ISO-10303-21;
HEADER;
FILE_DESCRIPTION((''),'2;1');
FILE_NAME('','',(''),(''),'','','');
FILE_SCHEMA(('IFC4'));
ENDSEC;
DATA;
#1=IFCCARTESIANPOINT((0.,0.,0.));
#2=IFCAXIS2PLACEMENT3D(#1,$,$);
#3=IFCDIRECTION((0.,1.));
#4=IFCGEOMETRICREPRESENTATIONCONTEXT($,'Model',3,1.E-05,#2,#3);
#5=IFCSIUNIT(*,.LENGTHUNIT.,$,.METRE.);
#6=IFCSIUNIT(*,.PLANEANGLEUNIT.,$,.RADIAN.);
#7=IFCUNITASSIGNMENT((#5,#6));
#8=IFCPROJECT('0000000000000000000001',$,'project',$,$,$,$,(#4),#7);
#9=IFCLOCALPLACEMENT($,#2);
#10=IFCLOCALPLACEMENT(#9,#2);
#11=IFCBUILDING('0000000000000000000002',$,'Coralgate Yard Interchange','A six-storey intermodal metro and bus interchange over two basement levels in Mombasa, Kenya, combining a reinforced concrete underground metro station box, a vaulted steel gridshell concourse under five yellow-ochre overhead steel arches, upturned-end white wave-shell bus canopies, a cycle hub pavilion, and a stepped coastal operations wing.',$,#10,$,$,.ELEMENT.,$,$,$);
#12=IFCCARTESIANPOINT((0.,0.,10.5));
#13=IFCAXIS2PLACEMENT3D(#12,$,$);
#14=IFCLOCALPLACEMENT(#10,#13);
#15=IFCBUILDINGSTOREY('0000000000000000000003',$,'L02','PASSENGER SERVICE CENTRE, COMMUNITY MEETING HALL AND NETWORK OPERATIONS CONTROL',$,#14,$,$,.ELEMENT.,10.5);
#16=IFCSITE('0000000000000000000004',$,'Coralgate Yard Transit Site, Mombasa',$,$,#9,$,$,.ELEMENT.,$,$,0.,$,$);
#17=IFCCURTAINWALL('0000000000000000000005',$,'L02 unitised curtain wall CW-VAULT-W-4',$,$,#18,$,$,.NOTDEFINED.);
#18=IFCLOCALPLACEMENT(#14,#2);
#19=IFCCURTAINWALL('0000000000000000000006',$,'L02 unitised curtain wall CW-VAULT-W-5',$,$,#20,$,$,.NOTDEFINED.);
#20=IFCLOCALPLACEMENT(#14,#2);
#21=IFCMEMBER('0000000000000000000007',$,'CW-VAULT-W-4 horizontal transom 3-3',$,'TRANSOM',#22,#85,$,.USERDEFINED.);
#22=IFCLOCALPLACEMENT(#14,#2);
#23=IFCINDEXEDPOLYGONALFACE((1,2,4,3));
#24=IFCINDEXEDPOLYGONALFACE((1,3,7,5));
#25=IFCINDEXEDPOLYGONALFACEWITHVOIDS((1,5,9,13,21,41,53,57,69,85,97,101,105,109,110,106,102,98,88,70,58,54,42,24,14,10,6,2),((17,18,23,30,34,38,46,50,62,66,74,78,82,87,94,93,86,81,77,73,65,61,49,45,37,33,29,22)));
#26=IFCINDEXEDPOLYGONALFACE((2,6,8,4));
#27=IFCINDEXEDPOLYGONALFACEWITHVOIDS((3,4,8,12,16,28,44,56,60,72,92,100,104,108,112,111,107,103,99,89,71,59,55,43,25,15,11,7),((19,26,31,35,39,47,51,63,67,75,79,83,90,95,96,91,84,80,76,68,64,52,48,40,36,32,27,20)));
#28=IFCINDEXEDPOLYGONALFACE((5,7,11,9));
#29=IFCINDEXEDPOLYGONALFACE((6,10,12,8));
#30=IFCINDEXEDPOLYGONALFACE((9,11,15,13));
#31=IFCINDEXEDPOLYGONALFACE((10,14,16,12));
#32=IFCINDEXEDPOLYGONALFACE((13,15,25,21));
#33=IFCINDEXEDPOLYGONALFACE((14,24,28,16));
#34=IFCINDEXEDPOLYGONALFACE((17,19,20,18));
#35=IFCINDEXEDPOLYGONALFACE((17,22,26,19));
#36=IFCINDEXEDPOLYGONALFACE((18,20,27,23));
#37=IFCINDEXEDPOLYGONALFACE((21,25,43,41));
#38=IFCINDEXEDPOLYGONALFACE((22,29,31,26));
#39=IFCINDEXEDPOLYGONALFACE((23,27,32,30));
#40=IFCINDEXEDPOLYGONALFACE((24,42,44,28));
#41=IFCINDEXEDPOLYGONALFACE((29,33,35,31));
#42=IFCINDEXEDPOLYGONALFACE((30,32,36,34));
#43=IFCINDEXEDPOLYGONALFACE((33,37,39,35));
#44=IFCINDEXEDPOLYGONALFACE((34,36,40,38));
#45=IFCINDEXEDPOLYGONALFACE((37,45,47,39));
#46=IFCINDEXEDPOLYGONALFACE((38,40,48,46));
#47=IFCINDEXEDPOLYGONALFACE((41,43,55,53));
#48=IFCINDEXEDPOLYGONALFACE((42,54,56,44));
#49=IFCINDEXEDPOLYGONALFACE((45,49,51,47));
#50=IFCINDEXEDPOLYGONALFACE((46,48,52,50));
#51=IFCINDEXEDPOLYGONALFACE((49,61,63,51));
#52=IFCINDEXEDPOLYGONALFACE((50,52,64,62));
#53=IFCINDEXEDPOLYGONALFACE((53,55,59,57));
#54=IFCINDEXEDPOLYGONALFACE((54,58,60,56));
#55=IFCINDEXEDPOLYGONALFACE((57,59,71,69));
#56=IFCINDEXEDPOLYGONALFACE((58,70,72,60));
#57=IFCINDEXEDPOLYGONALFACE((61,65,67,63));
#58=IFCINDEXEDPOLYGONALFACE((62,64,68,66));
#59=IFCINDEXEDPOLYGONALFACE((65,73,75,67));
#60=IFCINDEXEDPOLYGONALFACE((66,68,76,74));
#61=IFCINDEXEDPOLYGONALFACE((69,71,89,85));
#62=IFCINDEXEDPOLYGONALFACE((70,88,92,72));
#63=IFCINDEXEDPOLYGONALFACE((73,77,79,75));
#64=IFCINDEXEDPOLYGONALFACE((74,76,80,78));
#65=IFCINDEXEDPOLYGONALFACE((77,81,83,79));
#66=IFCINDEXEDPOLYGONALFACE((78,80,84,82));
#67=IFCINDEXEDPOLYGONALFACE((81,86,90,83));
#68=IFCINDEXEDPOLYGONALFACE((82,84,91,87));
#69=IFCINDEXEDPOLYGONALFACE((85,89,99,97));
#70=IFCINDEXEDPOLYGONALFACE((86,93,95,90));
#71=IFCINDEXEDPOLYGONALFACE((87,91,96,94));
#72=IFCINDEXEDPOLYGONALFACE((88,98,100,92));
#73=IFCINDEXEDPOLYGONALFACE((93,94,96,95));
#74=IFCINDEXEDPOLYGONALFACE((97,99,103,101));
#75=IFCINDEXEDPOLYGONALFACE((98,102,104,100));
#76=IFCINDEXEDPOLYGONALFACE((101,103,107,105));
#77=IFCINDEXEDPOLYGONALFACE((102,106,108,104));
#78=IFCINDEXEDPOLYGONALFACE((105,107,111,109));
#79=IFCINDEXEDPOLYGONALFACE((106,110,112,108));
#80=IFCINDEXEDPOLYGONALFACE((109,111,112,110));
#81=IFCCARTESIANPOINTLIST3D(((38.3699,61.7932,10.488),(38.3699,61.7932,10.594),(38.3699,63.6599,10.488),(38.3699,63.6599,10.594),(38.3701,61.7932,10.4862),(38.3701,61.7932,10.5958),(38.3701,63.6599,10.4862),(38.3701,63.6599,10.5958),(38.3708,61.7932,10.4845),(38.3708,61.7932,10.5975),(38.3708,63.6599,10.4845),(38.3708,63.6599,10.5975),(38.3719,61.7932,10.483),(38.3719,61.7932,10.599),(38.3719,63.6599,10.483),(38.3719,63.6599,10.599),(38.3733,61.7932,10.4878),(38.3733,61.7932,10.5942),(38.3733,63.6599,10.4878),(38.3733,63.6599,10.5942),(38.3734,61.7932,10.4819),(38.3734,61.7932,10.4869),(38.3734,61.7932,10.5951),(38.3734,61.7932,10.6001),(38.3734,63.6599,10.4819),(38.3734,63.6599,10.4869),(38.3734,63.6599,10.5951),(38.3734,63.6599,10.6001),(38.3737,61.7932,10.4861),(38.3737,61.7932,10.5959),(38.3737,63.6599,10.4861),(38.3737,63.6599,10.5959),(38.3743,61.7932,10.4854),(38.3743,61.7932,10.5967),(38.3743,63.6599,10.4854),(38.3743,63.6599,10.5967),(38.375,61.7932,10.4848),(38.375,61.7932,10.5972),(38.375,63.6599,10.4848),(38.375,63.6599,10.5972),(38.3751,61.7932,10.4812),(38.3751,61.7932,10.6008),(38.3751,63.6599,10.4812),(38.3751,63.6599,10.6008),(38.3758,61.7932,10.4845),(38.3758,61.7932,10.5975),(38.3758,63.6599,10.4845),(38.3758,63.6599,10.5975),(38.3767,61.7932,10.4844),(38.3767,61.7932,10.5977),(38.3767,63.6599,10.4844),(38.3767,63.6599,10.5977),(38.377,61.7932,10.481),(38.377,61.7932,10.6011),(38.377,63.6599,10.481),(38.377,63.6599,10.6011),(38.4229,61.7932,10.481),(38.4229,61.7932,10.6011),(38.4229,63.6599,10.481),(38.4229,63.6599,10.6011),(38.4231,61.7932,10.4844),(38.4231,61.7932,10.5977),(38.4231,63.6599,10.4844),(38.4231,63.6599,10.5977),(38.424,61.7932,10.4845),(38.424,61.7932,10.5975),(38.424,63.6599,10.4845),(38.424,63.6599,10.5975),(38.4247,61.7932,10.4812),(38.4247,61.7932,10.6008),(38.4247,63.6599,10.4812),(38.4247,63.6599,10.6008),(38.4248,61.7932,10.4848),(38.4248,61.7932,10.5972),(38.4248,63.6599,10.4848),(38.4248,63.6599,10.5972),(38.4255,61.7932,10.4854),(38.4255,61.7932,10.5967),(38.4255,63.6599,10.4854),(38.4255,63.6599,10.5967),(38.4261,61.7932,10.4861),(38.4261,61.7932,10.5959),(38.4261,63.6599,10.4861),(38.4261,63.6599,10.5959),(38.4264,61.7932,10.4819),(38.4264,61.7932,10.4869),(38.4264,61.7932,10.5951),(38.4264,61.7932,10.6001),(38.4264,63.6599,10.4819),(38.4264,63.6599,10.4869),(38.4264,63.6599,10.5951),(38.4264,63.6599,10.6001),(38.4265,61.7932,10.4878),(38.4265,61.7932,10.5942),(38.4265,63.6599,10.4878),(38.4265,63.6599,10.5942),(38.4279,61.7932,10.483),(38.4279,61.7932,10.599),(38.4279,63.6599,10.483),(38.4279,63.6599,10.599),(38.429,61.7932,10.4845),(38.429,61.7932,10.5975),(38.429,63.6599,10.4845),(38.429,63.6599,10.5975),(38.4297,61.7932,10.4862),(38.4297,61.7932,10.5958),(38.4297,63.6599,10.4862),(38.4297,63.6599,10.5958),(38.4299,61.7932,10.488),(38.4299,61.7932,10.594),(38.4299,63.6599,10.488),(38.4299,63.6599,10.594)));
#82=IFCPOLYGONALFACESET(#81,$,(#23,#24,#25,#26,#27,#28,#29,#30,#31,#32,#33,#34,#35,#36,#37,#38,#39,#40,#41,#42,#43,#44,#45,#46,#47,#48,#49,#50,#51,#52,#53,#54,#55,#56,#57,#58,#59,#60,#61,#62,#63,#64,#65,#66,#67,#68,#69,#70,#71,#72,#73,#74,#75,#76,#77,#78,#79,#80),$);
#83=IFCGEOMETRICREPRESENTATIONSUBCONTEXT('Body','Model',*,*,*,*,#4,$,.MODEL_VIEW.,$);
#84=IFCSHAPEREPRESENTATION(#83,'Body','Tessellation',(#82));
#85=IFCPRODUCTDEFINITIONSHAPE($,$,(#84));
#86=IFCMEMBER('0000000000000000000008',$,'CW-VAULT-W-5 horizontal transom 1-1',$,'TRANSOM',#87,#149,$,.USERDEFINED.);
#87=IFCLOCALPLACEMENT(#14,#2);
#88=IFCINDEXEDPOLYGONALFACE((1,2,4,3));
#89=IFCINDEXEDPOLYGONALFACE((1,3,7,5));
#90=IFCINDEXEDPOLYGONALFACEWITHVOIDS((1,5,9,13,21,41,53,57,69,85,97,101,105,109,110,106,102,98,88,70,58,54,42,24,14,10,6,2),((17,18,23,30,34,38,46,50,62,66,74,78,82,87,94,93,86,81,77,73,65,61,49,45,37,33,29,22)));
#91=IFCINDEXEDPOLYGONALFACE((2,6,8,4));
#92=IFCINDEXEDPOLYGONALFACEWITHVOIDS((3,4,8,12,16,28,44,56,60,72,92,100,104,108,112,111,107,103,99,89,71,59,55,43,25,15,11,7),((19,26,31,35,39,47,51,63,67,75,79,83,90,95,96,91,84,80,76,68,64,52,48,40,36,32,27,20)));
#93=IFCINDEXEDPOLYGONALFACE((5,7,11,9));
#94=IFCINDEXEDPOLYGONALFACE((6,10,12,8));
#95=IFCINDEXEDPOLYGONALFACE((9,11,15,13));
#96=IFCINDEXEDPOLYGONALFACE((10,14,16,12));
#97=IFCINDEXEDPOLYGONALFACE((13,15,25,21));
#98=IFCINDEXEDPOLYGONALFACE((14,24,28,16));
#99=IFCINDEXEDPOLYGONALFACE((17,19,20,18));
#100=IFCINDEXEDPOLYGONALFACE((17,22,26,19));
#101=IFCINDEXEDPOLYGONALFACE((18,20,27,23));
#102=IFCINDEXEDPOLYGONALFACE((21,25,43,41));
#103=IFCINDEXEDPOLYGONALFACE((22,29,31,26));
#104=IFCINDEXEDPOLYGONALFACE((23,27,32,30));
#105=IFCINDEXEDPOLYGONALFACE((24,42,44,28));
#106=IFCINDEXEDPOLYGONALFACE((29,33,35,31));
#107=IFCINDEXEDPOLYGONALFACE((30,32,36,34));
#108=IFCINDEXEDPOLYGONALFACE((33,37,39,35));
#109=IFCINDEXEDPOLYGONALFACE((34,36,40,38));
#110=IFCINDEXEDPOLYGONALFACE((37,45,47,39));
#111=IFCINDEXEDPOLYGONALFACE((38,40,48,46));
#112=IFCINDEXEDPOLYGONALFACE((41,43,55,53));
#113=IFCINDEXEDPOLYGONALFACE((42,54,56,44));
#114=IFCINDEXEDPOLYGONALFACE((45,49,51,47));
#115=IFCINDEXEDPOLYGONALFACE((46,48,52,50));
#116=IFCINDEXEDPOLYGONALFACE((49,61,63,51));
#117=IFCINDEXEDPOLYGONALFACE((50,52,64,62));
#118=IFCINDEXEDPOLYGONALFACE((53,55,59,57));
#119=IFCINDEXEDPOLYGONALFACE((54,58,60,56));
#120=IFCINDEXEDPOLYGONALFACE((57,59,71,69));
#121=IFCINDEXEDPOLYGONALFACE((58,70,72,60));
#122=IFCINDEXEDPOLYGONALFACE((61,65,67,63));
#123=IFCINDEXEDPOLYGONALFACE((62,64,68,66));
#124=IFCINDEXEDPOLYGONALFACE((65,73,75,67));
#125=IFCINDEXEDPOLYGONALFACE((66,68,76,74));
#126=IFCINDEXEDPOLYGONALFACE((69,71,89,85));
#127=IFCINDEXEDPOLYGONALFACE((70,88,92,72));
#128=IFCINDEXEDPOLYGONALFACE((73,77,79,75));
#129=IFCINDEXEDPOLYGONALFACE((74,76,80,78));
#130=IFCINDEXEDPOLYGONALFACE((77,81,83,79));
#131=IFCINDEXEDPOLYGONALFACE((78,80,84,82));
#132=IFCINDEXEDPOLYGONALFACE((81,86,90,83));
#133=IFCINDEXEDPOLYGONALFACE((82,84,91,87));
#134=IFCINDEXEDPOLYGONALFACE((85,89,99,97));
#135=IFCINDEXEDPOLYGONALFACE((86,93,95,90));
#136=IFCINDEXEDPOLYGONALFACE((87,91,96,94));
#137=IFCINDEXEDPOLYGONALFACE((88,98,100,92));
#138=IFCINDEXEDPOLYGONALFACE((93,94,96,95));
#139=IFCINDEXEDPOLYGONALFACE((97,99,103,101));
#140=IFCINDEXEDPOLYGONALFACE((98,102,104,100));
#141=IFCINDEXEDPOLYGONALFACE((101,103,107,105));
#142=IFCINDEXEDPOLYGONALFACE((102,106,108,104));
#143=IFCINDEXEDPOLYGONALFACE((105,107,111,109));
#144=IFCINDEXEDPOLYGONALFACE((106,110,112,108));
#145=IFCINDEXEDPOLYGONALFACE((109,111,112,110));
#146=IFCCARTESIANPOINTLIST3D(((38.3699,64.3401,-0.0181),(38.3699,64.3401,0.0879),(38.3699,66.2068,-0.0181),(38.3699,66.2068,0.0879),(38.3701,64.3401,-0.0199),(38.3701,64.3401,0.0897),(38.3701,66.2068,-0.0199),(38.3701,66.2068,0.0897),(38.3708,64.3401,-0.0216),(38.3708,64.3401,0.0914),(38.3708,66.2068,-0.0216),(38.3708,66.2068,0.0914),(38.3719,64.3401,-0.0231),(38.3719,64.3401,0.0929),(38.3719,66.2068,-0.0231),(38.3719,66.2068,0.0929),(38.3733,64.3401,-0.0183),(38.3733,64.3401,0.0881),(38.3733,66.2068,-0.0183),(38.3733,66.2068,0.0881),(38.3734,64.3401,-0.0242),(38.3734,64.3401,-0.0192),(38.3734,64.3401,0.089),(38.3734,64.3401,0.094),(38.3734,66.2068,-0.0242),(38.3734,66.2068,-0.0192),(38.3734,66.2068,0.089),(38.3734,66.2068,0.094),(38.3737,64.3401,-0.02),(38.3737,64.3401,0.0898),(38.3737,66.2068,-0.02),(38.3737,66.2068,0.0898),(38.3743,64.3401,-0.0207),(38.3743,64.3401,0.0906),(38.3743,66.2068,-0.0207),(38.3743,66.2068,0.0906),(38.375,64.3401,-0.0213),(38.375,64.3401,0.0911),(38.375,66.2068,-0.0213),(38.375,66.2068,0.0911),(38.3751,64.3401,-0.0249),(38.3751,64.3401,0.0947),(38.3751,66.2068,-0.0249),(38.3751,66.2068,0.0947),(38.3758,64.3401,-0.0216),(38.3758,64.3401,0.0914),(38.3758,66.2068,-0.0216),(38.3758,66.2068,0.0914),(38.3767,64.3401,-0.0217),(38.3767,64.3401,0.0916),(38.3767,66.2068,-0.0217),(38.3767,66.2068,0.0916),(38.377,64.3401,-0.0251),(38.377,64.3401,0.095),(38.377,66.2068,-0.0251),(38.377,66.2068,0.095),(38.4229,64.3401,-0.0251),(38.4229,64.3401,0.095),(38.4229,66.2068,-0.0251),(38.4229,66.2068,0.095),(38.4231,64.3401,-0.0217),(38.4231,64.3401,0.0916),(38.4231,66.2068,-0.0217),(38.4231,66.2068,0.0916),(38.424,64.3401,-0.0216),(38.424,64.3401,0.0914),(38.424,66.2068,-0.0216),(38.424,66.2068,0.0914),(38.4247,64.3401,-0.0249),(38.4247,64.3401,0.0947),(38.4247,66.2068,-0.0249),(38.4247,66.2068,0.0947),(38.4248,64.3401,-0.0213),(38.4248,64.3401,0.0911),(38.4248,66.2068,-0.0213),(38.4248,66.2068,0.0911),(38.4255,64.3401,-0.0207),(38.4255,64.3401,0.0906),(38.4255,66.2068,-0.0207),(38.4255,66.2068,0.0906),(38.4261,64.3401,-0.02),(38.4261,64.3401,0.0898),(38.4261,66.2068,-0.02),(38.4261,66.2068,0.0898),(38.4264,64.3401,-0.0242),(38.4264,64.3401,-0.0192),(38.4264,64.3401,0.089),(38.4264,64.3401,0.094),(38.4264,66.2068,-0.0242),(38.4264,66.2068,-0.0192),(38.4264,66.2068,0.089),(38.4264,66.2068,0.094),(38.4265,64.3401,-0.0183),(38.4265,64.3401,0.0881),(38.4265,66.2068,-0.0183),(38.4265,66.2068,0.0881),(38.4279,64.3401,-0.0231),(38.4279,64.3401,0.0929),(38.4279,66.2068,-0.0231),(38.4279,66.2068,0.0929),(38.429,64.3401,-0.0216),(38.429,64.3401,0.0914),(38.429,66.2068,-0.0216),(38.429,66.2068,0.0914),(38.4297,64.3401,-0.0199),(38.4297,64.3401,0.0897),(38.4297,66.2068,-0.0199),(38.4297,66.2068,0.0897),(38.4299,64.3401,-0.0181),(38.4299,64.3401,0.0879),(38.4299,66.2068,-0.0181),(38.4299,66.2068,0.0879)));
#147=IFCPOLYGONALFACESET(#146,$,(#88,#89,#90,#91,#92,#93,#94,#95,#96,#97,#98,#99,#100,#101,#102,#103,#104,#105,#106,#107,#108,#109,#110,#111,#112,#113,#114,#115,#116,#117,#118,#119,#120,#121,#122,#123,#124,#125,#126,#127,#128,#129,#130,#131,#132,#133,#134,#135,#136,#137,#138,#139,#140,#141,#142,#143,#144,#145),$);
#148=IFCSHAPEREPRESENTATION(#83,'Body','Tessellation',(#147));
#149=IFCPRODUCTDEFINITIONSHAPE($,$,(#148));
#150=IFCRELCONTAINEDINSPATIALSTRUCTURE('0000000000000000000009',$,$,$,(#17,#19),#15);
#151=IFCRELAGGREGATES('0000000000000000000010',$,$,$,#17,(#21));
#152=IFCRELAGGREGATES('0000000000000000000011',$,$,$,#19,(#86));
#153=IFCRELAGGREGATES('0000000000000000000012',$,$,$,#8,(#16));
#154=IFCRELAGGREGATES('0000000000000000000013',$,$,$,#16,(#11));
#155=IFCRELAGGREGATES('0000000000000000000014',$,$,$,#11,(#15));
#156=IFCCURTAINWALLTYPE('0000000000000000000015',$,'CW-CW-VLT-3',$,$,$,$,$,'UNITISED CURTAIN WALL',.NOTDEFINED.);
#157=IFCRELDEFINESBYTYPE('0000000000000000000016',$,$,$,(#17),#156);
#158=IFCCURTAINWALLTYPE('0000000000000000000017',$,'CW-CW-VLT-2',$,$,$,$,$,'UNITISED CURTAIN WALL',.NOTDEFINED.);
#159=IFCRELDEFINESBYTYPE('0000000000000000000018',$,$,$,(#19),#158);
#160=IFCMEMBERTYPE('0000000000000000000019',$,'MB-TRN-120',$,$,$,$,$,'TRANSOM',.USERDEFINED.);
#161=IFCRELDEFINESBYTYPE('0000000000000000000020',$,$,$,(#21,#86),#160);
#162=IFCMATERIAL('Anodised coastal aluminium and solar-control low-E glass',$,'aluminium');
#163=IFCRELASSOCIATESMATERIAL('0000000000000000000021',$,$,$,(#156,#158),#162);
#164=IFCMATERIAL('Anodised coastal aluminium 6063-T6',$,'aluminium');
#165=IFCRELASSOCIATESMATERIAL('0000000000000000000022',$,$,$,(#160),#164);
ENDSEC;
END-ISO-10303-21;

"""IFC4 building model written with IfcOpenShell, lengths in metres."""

from ifc_helpers import new_model, si_unit, direction, frame, origin, origin_2d, place, context, subcontext, project, spatial, hollow_rectangle, extrude, material, material_profile, profile_set, type_object, element, aggregate, save


model = new_model("IFC4")

# Units and contexts
model_context = context("Model", 3, precision=1e-05, world=origin(), true_north=direction((0.0, 1.0)))
body_context = subcontext(model_context, "Body", "Model", "MODEL_VIEW")
ifc_project = project(units=[si_unit("LENGTHUNIT", "METRE"), si_unit("PLANEANGLEUNIT", "RADIAN")], contexts=[model_context])

# Site, building, storey
site_placement = place(None, origin())
site = spatial("IfcSite", under=ifc_project, at=site_placement, Name="Coralgate Yard Transit Site, Mombasa", CompositionType="ELEMENT", RefElevation=0.0)
building_placement = place(site_placement, origin())
building = spatial("IfcBuilding", under=site, at=building_placement, Name="Coralgate Yard Interchange", Description="A six-storey intermodal metro and bus interchange over two basement levels in Mombasa, Kenya, combining a reinforced concrete underground metro station box, a vaulted steel gridshell concourse under five yellow-ochre overhead steel arches, upturned-end white wave-shell bus canopies, a cycle hub pavilion, and a stepped coastal operations wing.", CompositionType="ELEMENT")
storey_placement = place(building_placement, frame((0.0, 0.0, 10.5)))
storey = spatial("IfcBuildingStorey", under=building, at=storey_placement, Name="L02", Description="PASSENGER SERVICE CENTRE, COMMUNITY MEETING HALL AND NETWORK OPERATIONS CONTROL", CompositionType="ELEMENT", Elevation=10.5)

# Curtain walls
ifc_material_1 = material(Name="Anodised coastal aluminium and solar-control low-E glass", Category="aluminium")
curtain_wall_type_1 = type_object("IfcCurtainWallType", Name="CW-CW-VLT-3", ElementType="UNITISED CURTAIN WALL", PredefinedType="NOTDEFINED", material=ifc_material_1)
curtain_wall_1_placement = place(storey_placement, origin())
curtain_wall_1 = element("IfcCurtainWall", 1, at=curtain_wall_1_placement, inside=storey, type_object=curtain_wall_type_1, Name="L02 unitised curtain wall CW-VAULT-W-4", PredefinedType="NOTDEFINED")
ifc_material_2 = material(Name="Anodised coastal aluminium 6063-T6", Category="aluminium")
curtain_wall_type_2 = type_object("IfcCurtainWallType", Name="CW-CW-VLT-2", ElementType="UNITISED CURTAIN WALL", PredefinedType="NOTDEFINED", material=ifc_material_1)
curtain_wall_2_placement = place(storey_placement, origin())
curtain_wall_2 = element("IfcCurtainWall", 2, at=curtain_wall_2_placement, inside=storey, type_object=curtain_wall_type_2, Name="L02 unitised curtain wall CW-VAULT-W-5", PredefinedType="NOTDEFINED")

# Members
ifc_material_profile_1 = material_profile(ifc_material_2, hollow_rectangle(XDim=0.0601, YDim=0.1201, WallThickness=0.0034, InnerFilletRadius=0.0034, OuterFilletRadius=0.0071, at=origin_2d()), Name="ALU 60x120x3.5")
ifc_profile_set_1 = profile_set([ifc_material_profile_1], Name="Anodised coastal aluminium 6063-T6")
member_type_1 = type_object("IfcMemberType", Name="MB-TRN-120", ElementType="TRANSOM", PredefinedType="USERDEFINED", material=ifc_profile_set_1)
member_1_placement = place(storey_placement, frame((38.3999, 61.7932, 10.541), z_axis=(0.0, 1.0, 0.0), x_axis=(-1.0, 0.0, 0.0)))
member_1 = element("IfcMember", 3, at=member_1_placement, type_object=member_type_1, Name="CW-VAULT-W-4 horizontal transom 3-3", ObjectType="TRANSOM", PredefinedType="USERDEFINED", context=body_context, shape_type="SweptSolid", body=[
    extrude(hollow_rectangle(XDim=0.0601, YDim=0.1201, WallThickness=0.0034, InnerFilletRadius=0.0034, OuterFilletRadius=0.0071, at=origin_2d()), origin(), (0.0, 0.0, 1.0), 1.8667),
])
member_2_placement = place(storey_placement, frame((38.3999, 64.3401, 0.0349), z_axis=(0.0, 1.0, 0.0), x_axis=(-1.0, 0.0, 0.0)))
member_2 = element("IfcMember", 4, at=member_2_placement, type_object=member_type_1, Name="CW-VAULT-W-5 horizontal transom 1-1", ObjectType="TRANSOM", PredefinedType="USERDEFINED", context=body_context, shape_type="SweptSolid", body=[
    extrude(hollow_rectangle(XDim=0.0601, YDim=0.1201, WallThickness=0.0034, InnerFilletRadius=0.0034, OuterFilletRadius=0.0071, at=origin_2d()), origin(), (0.0, 0.0, 1.0), 1.8667),
])

aggregate(curtain_wall_1, [member_1])
aggregate(curtain_wall_2, [member_2])

save(model, "model.ifc")
